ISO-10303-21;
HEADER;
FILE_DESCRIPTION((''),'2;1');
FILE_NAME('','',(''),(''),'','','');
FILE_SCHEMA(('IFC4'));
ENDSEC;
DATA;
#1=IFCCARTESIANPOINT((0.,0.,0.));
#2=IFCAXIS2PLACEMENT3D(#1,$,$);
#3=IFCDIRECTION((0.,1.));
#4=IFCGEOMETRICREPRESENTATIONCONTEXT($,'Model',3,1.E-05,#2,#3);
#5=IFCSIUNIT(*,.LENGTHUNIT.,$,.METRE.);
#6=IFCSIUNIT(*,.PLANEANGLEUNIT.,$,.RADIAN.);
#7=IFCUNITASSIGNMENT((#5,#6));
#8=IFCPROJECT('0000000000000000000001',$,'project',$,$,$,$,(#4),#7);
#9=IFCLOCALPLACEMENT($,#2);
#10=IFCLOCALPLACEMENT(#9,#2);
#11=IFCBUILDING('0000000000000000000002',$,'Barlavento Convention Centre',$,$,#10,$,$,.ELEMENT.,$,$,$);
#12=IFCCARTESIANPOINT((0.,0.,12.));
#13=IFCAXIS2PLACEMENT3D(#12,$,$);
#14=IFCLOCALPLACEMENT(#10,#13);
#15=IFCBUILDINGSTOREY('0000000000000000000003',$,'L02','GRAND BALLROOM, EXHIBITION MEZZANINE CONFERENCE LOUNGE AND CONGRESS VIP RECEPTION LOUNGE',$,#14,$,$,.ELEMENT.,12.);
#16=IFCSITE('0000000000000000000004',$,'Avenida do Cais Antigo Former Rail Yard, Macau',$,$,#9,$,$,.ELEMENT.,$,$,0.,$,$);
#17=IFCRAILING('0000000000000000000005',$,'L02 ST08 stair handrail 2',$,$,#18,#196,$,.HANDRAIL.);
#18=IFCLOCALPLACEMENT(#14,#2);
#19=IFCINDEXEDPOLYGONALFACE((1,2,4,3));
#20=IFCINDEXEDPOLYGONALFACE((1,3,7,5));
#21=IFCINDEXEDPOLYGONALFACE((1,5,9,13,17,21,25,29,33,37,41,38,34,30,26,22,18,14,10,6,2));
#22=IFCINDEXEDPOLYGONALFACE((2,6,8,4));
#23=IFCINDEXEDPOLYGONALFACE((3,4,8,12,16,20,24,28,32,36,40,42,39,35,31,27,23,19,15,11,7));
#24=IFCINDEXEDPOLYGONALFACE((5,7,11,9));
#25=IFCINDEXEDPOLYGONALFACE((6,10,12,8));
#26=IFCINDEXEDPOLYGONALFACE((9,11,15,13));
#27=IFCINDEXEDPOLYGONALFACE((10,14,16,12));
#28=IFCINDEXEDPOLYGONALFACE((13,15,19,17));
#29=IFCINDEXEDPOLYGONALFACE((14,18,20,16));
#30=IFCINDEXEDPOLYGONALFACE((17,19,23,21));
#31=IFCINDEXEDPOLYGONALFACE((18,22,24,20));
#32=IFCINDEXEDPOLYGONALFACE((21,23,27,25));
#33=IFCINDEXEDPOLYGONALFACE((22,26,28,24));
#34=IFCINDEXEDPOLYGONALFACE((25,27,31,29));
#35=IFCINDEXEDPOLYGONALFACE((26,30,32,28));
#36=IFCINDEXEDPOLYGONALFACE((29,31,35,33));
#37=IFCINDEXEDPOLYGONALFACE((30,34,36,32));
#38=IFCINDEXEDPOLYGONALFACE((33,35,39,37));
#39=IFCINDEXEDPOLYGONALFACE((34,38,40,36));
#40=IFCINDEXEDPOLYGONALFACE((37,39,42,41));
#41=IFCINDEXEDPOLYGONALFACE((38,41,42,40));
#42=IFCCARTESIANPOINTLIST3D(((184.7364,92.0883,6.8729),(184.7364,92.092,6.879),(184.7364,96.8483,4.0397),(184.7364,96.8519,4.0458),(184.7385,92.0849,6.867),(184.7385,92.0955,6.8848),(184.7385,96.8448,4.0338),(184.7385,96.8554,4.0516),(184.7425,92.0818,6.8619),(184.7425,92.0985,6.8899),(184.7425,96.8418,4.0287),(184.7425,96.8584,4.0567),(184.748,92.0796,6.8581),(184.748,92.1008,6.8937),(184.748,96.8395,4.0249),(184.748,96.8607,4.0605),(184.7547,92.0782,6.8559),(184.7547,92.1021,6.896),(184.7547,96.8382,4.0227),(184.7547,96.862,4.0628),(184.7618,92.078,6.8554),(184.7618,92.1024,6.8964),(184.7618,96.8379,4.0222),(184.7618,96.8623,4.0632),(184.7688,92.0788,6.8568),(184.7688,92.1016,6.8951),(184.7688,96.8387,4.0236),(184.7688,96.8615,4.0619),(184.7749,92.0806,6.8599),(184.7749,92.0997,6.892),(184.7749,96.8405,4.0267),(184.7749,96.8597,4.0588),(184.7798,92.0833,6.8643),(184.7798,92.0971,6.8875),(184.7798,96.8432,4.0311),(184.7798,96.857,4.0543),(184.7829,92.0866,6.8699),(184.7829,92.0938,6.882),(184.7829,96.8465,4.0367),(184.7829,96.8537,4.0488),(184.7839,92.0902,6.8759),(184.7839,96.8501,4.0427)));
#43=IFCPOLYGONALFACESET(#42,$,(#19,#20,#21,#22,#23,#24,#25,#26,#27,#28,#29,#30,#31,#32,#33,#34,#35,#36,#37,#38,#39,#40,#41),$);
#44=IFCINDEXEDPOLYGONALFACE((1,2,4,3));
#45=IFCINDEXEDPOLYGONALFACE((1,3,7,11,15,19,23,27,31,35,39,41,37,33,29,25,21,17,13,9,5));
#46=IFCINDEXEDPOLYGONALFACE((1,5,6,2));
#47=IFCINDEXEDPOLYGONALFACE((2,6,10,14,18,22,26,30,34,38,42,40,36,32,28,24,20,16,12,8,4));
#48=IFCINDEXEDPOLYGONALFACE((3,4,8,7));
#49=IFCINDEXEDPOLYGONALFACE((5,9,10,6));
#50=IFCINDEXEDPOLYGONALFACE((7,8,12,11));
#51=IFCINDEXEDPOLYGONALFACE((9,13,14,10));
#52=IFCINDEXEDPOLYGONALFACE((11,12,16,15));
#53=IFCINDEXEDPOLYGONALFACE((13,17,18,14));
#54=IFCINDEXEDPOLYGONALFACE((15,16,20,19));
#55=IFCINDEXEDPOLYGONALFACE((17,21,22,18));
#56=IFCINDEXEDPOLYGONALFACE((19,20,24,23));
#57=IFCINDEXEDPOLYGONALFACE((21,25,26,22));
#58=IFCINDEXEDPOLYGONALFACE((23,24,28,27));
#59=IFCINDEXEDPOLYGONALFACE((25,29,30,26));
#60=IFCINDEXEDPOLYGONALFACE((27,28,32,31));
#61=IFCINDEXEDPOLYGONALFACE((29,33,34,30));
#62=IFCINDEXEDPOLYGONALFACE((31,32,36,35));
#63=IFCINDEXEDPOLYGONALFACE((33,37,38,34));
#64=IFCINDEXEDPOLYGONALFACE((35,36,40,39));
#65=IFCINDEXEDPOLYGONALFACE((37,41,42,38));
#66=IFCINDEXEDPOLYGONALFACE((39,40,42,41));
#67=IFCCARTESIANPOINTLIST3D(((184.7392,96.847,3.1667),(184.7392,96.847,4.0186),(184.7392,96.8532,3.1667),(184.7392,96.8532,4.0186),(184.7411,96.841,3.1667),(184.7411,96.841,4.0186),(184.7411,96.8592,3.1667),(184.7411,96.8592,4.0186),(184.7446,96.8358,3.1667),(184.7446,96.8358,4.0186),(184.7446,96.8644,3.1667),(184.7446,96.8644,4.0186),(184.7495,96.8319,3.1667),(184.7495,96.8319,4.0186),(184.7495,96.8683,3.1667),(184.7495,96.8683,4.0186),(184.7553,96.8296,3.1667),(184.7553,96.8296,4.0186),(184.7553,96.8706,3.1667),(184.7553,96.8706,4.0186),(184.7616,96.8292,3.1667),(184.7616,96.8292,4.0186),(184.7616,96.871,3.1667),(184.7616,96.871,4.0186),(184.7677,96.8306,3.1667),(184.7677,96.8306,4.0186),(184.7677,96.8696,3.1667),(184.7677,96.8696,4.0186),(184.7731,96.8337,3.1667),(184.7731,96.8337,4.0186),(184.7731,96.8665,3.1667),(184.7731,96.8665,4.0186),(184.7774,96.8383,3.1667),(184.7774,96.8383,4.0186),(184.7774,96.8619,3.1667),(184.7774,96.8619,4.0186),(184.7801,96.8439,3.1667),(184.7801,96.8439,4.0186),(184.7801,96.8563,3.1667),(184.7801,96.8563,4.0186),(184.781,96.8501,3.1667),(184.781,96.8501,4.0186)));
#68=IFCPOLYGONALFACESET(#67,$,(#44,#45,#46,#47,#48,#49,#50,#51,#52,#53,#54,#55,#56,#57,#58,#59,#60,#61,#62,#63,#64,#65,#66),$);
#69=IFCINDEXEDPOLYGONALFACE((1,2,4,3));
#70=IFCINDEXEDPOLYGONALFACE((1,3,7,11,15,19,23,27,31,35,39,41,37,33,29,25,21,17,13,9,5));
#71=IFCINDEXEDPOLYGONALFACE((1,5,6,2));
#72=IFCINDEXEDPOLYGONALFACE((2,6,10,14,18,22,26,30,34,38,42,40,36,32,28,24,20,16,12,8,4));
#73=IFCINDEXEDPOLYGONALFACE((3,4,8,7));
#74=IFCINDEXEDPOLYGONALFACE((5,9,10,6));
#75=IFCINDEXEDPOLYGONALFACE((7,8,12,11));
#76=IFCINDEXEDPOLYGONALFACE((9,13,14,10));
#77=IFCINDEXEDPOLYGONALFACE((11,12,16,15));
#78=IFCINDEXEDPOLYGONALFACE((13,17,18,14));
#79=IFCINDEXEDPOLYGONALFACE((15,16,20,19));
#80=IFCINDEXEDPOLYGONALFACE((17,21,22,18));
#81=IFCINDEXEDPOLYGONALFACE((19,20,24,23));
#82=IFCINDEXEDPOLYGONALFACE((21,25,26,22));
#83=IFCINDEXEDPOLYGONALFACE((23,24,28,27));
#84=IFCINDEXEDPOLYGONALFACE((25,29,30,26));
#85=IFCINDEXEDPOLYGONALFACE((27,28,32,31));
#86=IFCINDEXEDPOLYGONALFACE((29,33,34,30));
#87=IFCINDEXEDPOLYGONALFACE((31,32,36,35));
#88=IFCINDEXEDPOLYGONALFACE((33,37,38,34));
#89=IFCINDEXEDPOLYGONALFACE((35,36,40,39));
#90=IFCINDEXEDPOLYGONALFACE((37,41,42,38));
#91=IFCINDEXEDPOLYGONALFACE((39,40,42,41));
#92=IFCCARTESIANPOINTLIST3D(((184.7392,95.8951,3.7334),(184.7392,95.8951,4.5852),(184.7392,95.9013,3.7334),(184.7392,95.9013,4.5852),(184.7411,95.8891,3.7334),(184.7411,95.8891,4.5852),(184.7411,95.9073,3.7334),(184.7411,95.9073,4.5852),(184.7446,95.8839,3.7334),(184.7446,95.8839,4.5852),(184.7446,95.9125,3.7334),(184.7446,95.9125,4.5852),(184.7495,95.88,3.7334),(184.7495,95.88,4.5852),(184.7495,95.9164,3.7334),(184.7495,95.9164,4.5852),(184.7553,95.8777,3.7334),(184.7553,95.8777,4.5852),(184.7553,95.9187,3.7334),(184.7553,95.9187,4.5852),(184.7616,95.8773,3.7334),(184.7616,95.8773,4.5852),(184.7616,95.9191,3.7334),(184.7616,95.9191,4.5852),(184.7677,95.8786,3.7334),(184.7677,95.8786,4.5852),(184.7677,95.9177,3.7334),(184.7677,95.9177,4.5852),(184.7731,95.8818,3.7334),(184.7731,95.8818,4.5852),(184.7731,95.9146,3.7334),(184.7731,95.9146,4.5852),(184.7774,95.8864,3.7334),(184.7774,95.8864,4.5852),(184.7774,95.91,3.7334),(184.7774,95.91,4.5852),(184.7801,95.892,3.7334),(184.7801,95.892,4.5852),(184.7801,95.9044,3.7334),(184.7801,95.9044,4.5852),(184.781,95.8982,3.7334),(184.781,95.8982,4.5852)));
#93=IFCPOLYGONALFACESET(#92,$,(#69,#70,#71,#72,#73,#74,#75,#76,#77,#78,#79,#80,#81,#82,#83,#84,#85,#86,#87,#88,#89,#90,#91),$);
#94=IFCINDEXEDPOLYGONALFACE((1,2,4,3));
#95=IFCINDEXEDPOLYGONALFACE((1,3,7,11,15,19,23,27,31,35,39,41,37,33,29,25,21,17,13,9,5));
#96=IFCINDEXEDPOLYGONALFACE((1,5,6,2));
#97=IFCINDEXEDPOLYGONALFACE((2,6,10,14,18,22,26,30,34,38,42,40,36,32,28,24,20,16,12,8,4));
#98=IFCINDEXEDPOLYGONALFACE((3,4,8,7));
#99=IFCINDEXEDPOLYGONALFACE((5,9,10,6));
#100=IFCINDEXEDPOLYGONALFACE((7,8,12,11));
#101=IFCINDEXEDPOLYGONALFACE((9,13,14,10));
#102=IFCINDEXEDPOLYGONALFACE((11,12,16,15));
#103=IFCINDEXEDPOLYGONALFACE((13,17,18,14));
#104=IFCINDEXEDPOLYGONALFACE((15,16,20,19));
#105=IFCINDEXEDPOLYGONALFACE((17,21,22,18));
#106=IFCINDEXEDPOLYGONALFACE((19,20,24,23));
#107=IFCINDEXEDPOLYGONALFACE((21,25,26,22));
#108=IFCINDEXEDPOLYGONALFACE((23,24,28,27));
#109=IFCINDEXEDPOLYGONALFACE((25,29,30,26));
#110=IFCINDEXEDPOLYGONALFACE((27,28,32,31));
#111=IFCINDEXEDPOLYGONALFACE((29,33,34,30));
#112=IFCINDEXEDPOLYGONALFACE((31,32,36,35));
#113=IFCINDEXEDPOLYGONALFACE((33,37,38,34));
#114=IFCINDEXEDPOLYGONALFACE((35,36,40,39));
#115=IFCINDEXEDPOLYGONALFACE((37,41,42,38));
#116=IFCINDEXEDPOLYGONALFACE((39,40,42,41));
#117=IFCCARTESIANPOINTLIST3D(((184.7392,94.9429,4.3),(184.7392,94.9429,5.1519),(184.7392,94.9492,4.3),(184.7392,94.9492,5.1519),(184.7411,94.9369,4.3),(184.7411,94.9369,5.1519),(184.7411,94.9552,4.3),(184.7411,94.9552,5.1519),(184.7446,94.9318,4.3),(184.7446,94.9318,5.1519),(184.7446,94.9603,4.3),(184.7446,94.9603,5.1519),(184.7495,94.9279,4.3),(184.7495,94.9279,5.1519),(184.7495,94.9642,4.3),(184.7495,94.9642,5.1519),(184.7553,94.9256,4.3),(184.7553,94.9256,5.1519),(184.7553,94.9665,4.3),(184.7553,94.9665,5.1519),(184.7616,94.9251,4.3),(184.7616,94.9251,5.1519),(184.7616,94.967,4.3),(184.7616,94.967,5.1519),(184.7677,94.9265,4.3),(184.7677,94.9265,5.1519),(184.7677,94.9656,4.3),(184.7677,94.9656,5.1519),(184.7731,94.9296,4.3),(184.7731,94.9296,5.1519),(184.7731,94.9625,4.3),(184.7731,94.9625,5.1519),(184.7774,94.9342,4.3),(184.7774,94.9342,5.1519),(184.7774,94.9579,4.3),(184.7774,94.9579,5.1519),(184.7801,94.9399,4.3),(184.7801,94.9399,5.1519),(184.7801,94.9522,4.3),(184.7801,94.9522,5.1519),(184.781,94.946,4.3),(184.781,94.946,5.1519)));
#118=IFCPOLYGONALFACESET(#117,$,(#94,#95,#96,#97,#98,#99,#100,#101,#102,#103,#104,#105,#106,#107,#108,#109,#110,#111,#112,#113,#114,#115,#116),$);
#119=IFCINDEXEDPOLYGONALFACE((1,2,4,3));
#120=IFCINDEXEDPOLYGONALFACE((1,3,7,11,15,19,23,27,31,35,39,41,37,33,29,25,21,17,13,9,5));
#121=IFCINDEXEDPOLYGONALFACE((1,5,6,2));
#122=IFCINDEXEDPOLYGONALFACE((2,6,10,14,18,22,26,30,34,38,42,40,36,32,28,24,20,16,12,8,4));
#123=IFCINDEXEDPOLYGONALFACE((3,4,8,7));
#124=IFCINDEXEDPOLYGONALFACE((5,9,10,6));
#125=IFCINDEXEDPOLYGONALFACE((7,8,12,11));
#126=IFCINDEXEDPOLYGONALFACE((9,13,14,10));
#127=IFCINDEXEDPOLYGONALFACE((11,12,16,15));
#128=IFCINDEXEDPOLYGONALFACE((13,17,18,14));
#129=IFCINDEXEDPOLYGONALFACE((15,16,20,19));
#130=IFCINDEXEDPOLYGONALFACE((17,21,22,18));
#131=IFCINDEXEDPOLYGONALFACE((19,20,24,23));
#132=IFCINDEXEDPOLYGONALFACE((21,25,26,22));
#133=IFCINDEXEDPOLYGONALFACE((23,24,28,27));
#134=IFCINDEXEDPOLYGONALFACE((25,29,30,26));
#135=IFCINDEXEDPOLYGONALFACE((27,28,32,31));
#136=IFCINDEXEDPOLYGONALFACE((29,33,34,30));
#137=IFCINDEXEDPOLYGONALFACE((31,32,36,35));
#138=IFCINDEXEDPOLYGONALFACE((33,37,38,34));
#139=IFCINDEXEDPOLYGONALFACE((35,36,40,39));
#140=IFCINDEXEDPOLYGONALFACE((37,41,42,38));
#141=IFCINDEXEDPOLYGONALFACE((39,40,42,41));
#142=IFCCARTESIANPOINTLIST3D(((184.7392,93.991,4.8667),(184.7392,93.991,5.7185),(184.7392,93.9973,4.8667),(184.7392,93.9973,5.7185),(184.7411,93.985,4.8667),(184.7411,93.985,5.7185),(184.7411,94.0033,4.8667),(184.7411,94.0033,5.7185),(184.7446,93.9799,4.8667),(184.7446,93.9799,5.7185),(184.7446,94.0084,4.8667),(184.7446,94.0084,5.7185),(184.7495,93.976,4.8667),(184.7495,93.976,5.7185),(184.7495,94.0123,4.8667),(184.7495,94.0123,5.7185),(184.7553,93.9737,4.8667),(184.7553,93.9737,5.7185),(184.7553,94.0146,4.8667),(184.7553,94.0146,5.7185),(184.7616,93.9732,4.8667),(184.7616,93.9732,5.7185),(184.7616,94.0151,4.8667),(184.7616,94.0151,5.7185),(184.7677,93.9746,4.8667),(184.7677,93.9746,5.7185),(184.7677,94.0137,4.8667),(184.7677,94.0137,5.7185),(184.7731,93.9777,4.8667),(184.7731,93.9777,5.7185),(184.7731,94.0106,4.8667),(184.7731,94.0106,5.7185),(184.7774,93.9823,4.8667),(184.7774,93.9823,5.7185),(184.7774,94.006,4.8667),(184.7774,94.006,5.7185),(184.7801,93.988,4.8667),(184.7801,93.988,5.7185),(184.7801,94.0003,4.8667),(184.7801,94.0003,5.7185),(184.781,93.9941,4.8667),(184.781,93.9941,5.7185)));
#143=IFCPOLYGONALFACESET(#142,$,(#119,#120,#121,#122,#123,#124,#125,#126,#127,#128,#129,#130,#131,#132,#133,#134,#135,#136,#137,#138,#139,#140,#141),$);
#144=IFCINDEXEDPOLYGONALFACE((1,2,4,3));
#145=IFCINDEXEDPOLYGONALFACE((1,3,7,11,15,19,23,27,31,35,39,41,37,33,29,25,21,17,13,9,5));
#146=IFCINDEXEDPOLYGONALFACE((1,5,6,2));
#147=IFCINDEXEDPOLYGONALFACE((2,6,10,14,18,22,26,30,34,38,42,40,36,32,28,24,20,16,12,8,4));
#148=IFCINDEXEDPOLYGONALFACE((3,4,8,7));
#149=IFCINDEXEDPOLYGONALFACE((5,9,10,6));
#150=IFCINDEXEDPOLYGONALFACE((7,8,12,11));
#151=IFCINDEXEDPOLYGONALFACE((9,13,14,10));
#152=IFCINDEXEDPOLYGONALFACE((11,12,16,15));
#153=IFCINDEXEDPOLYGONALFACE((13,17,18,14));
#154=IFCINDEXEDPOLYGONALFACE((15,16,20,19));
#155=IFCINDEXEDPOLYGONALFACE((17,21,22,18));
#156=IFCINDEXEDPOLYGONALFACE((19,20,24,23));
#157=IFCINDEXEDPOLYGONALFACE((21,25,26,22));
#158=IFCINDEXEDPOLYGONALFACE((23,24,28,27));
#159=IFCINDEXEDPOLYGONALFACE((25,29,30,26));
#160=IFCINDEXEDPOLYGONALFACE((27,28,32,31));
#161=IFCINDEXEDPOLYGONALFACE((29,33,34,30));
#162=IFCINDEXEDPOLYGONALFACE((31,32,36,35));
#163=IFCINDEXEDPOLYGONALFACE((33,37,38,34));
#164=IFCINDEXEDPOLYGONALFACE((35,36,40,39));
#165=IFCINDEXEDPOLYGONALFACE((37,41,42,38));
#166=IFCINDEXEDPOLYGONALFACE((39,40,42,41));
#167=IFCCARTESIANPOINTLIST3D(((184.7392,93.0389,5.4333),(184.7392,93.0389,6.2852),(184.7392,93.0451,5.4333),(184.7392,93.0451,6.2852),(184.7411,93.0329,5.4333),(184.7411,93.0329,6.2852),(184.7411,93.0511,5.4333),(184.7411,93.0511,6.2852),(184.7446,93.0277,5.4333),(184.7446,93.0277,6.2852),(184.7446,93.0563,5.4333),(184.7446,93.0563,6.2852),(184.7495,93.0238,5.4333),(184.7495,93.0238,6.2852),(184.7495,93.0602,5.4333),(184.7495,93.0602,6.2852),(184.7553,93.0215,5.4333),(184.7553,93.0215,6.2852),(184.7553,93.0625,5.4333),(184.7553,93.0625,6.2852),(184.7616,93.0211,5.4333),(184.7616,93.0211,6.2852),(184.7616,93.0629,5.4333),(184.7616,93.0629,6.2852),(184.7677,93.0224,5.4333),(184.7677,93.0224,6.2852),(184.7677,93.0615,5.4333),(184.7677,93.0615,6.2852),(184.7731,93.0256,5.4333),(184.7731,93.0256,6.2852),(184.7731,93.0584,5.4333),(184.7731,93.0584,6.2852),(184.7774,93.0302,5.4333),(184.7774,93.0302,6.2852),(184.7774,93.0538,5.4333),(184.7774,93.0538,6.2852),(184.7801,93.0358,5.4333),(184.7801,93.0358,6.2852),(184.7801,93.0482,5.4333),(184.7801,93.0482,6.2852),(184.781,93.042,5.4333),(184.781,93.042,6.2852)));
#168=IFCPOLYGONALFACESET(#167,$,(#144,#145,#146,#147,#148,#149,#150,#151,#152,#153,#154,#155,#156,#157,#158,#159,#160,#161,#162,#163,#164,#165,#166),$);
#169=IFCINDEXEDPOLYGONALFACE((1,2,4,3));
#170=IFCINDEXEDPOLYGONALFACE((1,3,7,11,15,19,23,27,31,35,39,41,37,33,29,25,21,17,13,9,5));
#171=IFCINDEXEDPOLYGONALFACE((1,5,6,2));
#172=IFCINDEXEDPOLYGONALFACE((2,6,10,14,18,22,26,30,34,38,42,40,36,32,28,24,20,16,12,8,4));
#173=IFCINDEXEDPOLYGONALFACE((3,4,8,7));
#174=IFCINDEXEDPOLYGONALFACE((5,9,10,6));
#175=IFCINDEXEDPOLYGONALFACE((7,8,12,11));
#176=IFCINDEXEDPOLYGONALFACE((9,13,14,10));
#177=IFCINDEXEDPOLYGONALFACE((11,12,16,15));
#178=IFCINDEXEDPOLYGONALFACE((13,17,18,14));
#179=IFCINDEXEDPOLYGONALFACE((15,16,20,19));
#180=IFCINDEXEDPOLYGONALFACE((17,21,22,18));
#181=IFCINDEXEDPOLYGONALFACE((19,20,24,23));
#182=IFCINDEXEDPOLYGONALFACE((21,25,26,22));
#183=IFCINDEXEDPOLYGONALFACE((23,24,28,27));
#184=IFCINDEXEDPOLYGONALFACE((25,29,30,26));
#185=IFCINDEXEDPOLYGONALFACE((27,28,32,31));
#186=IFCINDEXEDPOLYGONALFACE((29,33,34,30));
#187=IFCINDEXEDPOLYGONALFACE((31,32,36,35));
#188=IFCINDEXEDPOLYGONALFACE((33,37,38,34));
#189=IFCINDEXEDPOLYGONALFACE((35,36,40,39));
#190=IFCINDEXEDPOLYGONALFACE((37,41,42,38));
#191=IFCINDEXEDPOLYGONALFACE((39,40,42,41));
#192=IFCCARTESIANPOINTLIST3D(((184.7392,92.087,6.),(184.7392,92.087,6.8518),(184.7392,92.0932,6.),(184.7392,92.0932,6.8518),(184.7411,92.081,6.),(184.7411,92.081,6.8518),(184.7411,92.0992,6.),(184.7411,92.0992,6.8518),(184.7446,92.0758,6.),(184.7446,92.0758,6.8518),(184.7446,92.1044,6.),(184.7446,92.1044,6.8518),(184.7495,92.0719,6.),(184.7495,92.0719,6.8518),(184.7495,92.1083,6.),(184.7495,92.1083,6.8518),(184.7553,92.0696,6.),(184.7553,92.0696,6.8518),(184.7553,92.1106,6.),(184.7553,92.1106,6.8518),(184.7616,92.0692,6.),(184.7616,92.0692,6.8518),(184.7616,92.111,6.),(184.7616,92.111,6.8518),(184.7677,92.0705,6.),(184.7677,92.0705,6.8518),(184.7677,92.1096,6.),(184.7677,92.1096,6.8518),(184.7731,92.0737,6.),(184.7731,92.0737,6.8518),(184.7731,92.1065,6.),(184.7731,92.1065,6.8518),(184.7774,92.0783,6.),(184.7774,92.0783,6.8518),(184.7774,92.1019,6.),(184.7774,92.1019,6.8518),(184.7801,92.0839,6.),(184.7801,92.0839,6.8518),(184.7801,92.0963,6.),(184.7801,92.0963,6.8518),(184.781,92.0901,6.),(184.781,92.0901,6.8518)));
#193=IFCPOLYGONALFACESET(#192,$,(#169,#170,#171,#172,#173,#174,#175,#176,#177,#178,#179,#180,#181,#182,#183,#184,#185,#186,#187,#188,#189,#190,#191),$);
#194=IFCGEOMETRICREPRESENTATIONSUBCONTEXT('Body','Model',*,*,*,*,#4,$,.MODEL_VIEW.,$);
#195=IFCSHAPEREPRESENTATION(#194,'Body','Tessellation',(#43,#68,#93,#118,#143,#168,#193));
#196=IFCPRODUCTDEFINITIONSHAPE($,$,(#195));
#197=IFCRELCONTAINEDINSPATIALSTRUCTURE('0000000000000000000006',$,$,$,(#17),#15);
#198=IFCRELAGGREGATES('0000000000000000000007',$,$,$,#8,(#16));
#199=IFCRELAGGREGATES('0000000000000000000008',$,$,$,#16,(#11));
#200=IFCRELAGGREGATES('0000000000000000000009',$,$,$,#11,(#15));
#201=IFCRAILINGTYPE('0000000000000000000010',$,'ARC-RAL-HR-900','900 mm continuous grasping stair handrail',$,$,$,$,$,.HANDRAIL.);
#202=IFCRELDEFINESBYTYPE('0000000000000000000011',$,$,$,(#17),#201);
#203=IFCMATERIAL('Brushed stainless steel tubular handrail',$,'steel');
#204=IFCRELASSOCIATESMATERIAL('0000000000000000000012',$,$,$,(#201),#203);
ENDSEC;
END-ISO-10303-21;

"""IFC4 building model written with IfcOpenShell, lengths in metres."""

from ifc_helpers import new_model, si_unit, direction, frame, origin, origin_2d, place, context, subcontext, project, spatial, circle, extrude, material, type_object, element, save


model = new_model("IFC4")

# Units and contexts
model_context = context("Model", 3, precision=1e-05, world=origin(), true_north=direction((0.0, 1.0)))
body_context = subcontext(model_context, "Body", "Model", "MODEL_VIEW")
ifc_project = project(units=[si_unit("LENGTHUNIT", "METRE"), si_unit("PLANEANGLEUNIT", "RADIAN")], contexts=[model_context])

# Site, building, storey
site_placement = place(None, origin())
site = spatial("IfcSite", under=ifc_project, at=site_placement, Name="Avenida do Cais Antigo Former Rail Yard, Macau", CompositionType="ELEMENT", RefElevation=0.0)
building_placement = place(site_placement, origin())
building = spatial("IfcBuilding", under=site, at=building_placement, Name="Barlavento Convention Centre", CompositionType="ELEMENT")
storey_placement = place(building_placement, frame((0.0, 0.0, 12.0)))
storey = spatial("IfcBuildingStorey", under=building, at=storey_placement, Name="L02", Description="GRAND BALLROOM, EXHIBITION MEZZANINE CONFERENCE LOUNGE AND CONGRESS VIP RECEPTION LOUNGE", CompositionType="ELEMENT", Elevation=12.0)

# Railing
ifc_material_1 = material(Name="Brushed stainless steel tubular handrail", Category="steel")
railing_type_1 = type_object("IfcRailingType", Name="ARC-RAL-HR-900", Description="900 mm continuous grasping stair handrail", PredefinedType="HANDRAIL", material=ifc_material_1)
railing_1_placement = place(storey_placement, frame((184.76, 96.8501, 3.1667)))
element("IfcRailing", 1, at=railing_1_placement, inside=storey, type_object=railing_type_1, Name="L02 ST08 stair handrail 2", PredefinedType="HANDRAIL", context=body_context, shape_type="SweptSolid", body=[
    extrude(circle(Radius=0.0239, at=origin_2d()), frame((0.0, 0.0, 0.876), z_axis=(0.0, -0.8593, 0.511472), x_axis=(1.0, 0.0, 0.0)), (0.0, 0.0, 1.0), 5.5393),
    extrude(circle(Radius=0.021, at=origin_2d()), origin(), (0.0, 0.0, 1.0), 0.8518),
    extrude(circle(Radius=0.021, at=origin_2d()), frame((0.0, -0.9519, 0.5667)), (0.0, 0.0, 1.0), 0.8518),
    extrude(circle(Radius=0.021, at=origin_2d()), frame((0.0, -1.9041, 1.1333)), (0.0, 0.0, 1.0), 0.8518),
    extrude(circle(Radius=0.021, at=origin_2d()), frame((0.0, -2.856, 1.7)), (0.0, 0.0, 1.0), 0.8518),
    extrude(circle(Radius=0.021, at=origin_2d()), frame((0.0, -3.8081, 2.2666)), (0.0, 0.0, 1.0), 0.8518),
    extrude(circle(Radius=0.021, at=origin_2d()), frame((0.0, -4.76, 2.8333)), (0.0, 0.0, 1.0), 0.8518),
])

save(model, "model.ifc")
